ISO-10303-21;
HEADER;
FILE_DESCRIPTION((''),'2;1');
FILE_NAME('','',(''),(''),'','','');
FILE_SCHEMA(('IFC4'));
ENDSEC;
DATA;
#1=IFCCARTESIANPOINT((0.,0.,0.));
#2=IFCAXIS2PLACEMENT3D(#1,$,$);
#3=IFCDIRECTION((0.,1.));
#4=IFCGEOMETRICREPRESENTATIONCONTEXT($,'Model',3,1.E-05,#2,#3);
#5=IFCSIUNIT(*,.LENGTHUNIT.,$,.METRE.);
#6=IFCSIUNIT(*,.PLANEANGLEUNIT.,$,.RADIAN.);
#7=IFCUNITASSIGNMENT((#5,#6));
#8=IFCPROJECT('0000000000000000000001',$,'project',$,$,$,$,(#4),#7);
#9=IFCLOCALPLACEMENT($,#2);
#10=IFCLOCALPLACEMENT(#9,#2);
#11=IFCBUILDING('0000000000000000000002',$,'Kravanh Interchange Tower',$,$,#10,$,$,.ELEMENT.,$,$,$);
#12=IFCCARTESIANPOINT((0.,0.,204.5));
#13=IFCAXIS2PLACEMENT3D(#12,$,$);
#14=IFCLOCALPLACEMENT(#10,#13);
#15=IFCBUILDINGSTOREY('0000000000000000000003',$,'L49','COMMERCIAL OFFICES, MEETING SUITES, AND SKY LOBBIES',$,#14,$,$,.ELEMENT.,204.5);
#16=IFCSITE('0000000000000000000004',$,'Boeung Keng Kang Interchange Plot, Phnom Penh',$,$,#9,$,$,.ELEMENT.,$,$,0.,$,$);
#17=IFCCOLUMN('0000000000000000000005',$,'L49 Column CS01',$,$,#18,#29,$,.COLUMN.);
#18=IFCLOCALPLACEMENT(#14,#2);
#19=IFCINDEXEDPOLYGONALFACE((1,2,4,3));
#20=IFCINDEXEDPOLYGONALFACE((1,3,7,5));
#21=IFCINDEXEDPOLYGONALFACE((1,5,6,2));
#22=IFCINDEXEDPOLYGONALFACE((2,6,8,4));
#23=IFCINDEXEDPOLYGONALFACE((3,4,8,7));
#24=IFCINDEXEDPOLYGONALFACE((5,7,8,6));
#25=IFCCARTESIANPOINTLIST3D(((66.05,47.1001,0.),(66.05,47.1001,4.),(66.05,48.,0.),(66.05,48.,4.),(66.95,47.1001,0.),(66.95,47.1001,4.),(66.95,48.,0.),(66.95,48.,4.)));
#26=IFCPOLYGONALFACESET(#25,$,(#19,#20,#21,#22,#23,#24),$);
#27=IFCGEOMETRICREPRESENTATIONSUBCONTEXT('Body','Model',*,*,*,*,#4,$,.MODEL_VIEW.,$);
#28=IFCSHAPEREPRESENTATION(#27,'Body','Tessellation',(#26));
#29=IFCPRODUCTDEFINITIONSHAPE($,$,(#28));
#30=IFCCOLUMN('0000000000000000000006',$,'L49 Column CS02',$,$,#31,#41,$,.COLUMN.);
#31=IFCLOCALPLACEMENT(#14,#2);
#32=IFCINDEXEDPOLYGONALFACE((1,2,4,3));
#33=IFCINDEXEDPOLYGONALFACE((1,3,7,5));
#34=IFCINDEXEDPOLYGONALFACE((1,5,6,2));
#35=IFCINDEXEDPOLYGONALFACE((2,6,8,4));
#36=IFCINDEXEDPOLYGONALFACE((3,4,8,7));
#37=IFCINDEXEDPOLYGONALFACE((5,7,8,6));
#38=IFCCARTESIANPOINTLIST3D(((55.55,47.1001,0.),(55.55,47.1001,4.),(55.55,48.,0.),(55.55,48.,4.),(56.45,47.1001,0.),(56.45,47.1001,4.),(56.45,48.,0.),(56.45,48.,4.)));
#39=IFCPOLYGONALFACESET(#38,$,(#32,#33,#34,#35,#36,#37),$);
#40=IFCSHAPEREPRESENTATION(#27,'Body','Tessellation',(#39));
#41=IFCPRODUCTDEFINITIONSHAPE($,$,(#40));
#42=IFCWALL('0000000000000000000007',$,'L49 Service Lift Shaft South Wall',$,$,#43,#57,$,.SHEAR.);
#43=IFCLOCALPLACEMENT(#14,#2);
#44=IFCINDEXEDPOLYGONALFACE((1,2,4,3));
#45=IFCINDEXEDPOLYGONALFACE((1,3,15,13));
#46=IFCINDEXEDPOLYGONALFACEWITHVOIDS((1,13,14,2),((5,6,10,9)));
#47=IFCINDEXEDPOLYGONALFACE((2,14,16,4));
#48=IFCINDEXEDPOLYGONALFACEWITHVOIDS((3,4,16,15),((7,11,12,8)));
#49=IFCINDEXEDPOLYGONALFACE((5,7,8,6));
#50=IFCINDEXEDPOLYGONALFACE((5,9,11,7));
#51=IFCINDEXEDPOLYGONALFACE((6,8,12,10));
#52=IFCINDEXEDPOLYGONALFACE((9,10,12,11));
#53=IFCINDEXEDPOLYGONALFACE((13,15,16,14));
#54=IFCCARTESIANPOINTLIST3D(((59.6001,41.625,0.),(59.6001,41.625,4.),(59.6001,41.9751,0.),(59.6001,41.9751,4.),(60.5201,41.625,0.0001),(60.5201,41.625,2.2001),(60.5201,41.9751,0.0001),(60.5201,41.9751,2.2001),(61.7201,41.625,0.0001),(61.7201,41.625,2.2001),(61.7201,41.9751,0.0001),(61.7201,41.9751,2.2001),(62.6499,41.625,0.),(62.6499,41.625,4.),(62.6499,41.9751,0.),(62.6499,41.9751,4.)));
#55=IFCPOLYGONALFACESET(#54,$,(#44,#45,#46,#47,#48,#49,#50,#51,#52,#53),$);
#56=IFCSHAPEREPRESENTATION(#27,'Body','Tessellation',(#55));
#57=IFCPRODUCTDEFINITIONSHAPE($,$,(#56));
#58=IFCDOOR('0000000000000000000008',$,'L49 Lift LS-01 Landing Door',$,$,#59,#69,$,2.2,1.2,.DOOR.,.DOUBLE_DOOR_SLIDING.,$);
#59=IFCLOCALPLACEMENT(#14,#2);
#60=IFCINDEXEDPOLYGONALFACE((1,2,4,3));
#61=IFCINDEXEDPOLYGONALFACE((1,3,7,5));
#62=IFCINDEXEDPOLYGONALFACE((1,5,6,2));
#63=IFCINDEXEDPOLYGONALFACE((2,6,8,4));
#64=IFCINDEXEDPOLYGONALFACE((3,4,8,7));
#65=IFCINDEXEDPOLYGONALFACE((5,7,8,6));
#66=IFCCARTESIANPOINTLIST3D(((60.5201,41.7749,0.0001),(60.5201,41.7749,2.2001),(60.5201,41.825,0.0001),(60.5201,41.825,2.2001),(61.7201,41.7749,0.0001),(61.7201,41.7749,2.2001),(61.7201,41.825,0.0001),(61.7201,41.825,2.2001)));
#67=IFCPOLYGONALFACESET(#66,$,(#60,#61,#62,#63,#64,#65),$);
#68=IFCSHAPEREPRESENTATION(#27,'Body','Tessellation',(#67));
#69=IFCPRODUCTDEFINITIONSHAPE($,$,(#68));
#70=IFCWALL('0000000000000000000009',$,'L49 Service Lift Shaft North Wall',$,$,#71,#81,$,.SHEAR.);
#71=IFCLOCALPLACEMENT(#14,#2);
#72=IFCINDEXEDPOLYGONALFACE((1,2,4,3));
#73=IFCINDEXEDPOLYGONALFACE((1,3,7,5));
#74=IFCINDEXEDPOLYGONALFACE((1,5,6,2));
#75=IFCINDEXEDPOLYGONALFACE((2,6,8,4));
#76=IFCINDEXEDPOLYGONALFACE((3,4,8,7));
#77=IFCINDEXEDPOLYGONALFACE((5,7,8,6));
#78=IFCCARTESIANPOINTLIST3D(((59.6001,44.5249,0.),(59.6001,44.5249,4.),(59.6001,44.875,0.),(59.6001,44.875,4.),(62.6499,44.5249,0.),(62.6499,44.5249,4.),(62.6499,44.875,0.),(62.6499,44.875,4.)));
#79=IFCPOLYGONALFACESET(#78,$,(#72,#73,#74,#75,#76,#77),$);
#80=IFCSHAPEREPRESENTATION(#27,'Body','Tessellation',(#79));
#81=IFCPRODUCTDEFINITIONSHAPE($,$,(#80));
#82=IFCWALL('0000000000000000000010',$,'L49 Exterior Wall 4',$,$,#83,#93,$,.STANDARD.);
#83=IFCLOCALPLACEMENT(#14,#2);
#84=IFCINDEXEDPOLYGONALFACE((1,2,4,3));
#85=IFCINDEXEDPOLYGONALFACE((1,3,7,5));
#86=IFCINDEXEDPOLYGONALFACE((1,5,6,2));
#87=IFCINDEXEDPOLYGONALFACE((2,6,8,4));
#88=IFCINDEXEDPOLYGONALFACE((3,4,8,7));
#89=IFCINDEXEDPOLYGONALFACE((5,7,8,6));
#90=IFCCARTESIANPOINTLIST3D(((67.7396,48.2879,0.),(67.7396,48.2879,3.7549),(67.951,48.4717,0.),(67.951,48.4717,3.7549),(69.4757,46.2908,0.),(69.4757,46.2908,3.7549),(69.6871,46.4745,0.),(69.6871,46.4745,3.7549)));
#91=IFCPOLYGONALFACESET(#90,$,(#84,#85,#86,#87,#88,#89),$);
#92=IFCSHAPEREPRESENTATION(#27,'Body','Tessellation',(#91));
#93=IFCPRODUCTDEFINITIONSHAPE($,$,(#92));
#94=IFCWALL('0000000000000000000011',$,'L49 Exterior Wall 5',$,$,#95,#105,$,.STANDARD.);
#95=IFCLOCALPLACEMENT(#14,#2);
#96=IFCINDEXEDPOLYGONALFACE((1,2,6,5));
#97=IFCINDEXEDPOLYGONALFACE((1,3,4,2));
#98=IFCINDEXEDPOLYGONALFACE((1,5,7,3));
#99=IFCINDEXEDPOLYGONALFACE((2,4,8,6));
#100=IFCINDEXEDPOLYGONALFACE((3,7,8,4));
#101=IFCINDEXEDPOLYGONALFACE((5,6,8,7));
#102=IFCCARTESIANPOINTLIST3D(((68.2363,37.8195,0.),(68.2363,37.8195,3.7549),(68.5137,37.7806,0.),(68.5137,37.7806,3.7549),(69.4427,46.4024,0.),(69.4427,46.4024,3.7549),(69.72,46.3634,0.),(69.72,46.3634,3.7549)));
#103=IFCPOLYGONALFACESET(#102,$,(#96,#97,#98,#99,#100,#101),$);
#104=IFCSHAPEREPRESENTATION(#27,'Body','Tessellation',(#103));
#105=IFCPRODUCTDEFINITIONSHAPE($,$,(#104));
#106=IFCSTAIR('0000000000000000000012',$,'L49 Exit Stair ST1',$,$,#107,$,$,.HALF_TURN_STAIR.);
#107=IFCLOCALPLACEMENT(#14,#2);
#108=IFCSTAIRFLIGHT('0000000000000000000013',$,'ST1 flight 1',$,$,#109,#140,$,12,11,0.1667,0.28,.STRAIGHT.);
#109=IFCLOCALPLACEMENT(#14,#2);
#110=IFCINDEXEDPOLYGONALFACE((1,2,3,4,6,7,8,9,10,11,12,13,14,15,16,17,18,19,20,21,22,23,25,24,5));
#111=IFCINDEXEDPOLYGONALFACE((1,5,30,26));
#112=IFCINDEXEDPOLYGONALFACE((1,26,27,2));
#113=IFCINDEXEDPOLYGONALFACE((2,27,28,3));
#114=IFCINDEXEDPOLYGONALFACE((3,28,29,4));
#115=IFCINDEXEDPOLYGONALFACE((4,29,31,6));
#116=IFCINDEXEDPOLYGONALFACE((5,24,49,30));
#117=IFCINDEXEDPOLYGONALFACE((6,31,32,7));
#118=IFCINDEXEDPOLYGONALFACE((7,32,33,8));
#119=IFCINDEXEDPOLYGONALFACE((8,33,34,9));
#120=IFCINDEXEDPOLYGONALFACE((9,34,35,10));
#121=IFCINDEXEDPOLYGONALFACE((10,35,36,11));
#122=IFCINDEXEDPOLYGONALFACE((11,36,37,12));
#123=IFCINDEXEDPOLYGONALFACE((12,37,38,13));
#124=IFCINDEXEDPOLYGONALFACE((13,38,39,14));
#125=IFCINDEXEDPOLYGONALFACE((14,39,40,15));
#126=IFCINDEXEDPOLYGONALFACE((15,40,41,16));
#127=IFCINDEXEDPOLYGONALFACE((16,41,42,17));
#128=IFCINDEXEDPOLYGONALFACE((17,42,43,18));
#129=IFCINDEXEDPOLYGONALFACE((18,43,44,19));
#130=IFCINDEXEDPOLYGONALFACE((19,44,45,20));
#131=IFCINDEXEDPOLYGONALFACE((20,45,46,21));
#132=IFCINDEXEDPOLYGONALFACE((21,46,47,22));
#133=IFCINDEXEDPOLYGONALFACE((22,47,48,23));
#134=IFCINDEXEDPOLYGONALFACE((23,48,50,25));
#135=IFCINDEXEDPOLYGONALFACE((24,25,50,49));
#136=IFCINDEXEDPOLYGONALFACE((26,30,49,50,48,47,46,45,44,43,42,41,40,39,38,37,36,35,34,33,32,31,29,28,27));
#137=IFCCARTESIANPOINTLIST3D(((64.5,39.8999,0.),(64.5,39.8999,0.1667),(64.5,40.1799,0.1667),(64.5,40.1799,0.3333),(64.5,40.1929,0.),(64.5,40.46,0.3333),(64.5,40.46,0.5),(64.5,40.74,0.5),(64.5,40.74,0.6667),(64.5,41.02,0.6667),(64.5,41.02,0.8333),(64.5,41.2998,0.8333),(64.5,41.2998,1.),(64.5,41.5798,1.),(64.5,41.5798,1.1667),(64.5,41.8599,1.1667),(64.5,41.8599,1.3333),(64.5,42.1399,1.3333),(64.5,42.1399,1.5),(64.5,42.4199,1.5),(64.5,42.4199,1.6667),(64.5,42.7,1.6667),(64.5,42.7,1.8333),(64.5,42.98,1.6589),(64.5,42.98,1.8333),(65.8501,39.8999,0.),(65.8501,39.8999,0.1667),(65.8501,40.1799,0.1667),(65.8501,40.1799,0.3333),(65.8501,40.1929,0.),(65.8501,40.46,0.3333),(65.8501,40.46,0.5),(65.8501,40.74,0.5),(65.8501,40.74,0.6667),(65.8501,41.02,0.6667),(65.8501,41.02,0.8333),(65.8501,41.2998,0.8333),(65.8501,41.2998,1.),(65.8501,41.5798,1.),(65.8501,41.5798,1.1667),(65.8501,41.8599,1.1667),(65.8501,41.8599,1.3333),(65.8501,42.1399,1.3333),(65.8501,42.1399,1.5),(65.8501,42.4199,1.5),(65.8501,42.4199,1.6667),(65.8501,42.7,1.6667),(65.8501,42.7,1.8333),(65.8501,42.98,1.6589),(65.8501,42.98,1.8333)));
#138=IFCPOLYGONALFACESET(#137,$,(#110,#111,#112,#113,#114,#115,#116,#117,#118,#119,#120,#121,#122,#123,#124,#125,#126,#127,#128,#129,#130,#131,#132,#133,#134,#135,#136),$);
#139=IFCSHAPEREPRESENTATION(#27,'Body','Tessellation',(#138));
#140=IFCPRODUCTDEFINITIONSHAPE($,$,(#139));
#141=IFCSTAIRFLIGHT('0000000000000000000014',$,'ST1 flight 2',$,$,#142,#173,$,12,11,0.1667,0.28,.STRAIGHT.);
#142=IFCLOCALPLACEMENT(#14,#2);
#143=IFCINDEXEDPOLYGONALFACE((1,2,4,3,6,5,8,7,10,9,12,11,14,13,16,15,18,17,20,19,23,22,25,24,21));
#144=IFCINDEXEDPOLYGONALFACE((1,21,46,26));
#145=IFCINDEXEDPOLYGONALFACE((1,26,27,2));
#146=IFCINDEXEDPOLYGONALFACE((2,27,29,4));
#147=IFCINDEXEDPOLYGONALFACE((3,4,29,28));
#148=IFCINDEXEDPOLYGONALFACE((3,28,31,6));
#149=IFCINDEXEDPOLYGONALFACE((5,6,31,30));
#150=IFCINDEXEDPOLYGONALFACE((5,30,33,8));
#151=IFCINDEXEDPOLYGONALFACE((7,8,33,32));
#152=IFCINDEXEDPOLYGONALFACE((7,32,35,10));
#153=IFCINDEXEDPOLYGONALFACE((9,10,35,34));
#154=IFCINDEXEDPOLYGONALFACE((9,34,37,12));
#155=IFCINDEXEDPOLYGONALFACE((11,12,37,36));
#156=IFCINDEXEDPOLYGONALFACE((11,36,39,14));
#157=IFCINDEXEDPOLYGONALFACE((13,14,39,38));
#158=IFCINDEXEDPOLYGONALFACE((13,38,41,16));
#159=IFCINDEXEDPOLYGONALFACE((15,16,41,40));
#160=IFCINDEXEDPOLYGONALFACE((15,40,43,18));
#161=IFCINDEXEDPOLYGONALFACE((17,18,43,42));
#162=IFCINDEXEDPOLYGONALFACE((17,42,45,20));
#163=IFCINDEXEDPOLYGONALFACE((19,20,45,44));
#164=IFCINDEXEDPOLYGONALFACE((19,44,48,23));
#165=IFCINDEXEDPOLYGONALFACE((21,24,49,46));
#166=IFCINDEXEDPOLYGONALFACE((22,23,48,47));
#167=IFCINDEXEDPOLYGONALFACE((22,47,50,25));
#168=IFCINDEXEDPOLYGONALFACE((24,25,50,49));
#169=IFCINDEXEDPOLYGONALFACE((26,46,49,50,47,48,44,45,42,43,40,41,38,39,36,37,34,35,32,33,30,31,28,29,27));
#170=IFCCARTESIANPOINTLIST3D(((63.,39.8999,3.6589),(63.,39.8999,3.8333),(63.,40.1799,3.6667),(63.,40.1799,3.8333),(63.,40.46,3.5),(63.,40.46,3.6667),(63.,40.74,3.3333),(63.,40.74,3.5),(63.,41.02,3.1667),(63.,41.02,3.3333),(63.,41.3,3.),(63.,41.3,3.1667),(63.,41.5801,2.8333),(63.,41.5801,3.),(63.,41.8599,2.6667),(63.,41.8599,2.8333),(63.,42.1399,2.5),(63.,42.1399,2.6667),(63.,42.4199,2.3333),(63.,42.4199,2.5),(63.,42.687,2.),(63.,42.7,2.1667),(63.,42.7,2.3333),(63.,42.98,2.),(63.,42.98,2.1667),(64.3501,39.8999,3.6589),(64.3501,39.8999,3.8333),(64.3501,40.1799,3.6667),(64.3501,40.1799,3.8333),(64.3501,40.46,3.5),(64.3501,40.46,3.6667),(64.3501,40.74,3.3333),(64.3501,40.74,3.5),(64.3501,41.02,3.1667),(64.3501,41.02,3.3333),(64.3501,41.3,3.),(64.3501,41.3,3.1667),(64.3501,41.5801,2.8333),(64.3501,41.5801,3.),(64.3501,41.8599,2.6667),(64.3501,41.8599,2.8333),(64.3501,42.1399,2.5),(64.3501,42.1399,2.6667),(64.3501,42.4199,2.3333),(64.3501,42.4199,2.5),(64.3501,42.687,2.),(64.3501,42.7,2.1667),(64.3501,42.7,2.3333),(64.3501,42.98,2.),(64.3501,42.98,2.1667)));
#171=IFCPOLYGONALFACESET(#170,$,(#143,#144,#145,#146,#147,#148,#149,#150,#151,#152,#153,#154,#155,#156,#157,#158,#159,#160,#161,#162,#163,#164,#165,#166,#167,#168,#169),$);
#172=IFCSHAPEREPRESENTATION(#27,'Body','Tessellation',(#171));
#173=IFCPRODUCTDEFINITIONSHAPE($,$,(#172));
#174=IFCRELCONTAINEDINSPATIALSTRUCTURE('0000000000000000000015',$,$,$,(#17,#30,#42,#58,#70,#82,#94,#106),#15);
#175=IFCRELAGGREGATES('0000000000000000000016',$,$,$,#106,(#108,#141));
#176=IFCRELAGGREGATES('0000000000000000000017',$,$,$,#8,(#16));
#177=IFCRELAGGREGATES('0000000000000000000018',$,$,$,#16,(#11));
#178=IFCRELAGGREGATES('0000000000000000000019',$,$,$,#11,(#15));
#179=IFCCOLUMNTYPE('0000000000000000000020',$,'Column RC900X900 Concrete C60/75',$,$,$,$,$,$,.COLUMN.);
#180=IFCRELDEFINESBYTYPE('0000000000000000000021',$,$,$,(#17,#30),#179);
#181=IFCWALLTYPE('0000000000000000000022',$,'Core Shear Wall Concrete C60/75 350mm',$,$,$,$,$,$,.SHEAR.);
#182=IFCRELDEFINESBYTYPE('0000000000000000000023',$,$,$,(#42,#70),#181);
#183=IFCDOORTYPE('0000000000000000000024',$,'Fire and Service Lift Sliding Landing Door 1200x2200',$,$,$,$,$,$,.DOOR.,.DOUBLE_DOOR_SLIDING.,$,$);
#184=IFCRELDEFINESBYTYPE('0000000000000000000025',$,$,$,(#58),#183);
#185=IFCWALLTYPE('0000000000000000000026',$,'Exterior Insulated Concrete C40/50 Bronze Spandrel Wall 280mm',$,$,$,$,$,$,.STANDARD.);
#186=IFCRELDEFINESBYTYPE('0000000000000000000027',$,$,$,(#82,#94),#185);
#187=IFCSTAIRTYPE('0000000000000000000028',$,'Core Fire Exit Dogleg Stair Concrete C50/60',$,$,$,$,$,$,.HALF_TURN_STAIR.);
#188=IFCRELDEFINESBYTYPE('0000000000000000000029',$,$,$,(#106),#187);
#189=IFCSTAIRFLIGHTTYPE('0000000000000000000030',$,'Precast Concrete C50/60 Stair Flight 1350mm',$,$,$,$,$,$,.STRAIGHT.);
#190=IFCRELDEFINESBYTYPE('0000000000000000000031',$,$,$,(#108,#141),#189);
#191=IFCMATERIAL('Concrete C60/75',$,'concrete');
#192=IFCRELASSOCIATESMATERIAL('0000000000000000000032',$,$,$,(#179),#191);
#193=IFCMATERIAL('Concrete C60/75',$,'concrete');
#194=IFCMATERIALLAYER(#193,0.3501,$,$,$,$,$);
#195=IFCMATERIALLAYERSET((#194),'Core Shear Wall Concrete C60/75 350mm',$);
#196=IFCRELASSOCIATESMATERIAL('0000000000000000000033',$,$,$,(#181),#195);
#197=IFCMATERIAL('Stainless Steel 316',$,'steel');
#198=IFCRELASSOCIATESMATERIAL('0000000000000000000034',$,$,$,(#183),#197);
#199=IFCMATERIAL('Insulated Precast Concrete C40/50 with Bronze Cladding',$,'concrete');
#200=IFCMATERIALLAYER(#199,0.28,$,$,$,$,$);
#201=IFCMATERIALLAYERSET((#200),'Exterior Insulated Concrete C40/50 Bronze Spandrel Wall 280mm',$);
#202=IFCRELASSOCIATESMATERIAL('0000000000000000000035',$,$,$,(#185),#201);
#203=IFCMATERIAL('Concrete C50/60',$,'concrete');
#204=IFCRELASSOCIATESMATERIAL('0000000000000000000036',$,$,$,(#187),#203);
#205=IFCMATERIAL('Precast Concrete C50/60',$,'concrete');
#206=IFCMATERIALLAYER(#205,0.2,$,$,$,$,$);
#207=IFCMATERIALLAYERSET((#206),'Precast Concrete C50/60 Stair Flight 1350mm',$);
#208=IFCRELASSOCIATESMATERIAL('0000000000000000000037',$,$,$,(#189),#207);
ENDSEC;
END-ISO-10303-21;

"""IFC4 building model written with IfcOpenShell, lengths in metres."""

from ifc_helpers import new_model, si_unit, direction, frame, frame_2d, origin, origin_2d, place, context, subcontext, project, spatial, polyline, rectangle, outline, extrude, material, layer, layer_set, material_profile, profile_set, type_object, element, fill, aggregate, save


model = new_model("IFC4")

# Units and contexts
model_context = context("Model", 3, precision=1e-05, world=origin(), true_north=direction((0.0, 1.0)))
body_context = subcontext(model_context, "Body", "Model", "MODEL_VIEW")
ifc_project = project(units=[si_unit("LENGTHUNIT", "METRE"), si_unit("PLANEANGLEUNIT", "RADIAN")], contexts=[model_context])

# Site, building, storey
site_placement = place(None, origin())
site = spatial("IfcSite", under=ifc_project, at=site_placement, Name="Boeung Keng Kang Interchange Plot, Phnom Penh", CompositionType="ELEMENT", RefElevation=0.0)
building_placement = place(site_placement, origin())
building = spatial("IfcBuilding", under=site, at=building_placement, Name="Kravanh Interchange Tower", CompositionType="ELEMENT")
storey_placement = place(building_placement, frame((0.0, 0.0, 204.5)))
storey = spatial("IfcBuildingStorey", under=building, at=storey_placement, Name="L49", Description="COMMERCIAL OFFICES, MEETING SUITES, AND SKY LOBBIES", CompositionType="ELEMENT", Elevation=204.5)

# Columns
ifc_material_1 = material(Name="Concrete C60/75", Category="concrete")
ifc_material_profile = material_profile(ifc_material_1, rectangle(XDim=0.8999, YDim=0.8999, at=origin_2d()), Name="RC900X900")
ifc_profile_set = profile_set([ifc_material_profile], Name="Concrete C60/75")
column_type = type_object("IfcColumnType", Name="Column RC900X900 Concrete C60/75", PredefinedType="COLUMN", material=ifc_profile_set)
for number, where, z_axis, x_axis, name in (
    (1, (66.5, 47.55, 0.0), (0.0, 0.0, 1.0), (1.0, 0.0, 0.0), "L49 Column CS01"),
    (2, (56.0, 47.55, 0.0), (0.0, 0.0, 1.0), (1.0, 0.0, 0.0), "L49 Column CS02"),
):
    element("IfcColumn", number, at=place(storey_placement, frame(where, z_axis=z_axis, x_axis=x_axis)), inside=storey, type_object=column_type, Name=name, PredefinedType="COLUMN", context=body_context, shape_type="SweptSolid", body=[
        extrude(rectangle(XDim=0.8999, YDim=0.8999, at=origin_2d()), origin(), (0.0, 0.0, 1.0), 4.0),
    ])

# Wall, opening, door
ifc_material_2 = material(Name="Concrete C60/75", Category="concrete")
ifc_layer_1 = layer(ifc_material_2, 0.3501)
ifc_layer_set_1 = layer_set([ifc_layer_1], Name="Core Shear Wall Concrete C60/75 350mm")
wall_type_1 = type_object("IfcWallType", Name="Core Shear Wall Concrete C60/75 350mm", PredefinedType="SHEAR", material=ifc_layer_set_1)
wall_1_placement = place(storey_placement, frame((59.6001, 41.8, 0.0), z_axis=(0.0, 0.0, 1.0), x_axis=(1.0, 0.0, 0.0)))
wall_1 = element("IfcWall", 3, at=wall_1_placement, inside=storey, type_object=wall_type_1, Name="L49 Service Lift Shaft South Wall", PredefinedType="SHEAR", context=body_context, shape_type="SweptSolid", body=[
    extrude(rectangle(XDim=3.0498, YDim=0.3501, at=frame_2d((1.5249, 0.0))), origin(), (0.0, 0.0, 1.0), 4.0),
])
opening_placement = place(wall_1_placement, frame((0.9199, 0.0, 0.0)))
opening = element("IfcOpeningElement", 4, at=opening_placement, cuts=wall_1, PredefinedType="OPENING", context=body_context, shape_type="SweptSolid", body=[
    extrude(rectangle(XDim=1.2, YDim=2.2, at=frame_2d((0.6001, 1.1001))), frame((0.0, 0.1851, 0.0), z_axis=(0.0, -1.0, 0.0), x_axis=(1.0, 0.0, 0.0)), (0.0, 0.0, 1.0), 0.3701),
])
ifc_material_3 = material(Name="Stainless Steel 316", Category="steel")
door_type = type_object("IfcDoorType", Name="Fire and Service Lift Sliding Landing Door 1200x2200", OperationType="DOUBLE_DOOR_SLIDING", PredefinedType="DOOR", material=ifc_material_3)
door_placement = place(opening_placement, origin())
door = element("IfcDoor", 5, at=door_placement, inside=storey, type_object=door_type, Name="L49 Lift LS-01 Landing Door", OperationType="DOUBLE_DOOR_SLIDING", OverallHeight=2.2, OverallWidth=1.2, PredefinedType="DOOR", context=body_context, shape_type="SweptSolid", body=[
    extrude(rectangle(XDim=1.2, YDim=2.2, at=frame_2d((0.6001, 1.1001))), frame((0.0, 0.0249, 0.0), z_axis=(0.0, -1.0, 0.0), x_axis=(1.0, 0.0, 0.0)), (0.0, 0.0, 1.0), 0.05),
])
fill(opening, door)

# Walls
wall_2_placement = place(storey_placement, frame((59.6001, 44.7, 0.0), z_axis=(0.0, 0.0, 1.0), x_axis=(1.0, 0.0, 0.0)))
element("IfcWall", 6, at=wall_2_placement, inside=storey, type_object=wall_type_1, Name="L49 Service Lift Shaft North Wall", PredefinedType="SHEAR", context=body_context, shape_type="SweptSolid", body=[
    extrude(rectangle(XDim=3.0498, YDim=0.3501, at=frame_2d((1.5249, 0.0))), origin(), (0.0, 0.0, 1.0), 4.0),
])
ifc_material_4 = material(Name="Insulated Precast Concrete C40/50 with Bronze Cladding", Category="concrete")
ifc_layer_2 = layer(ifc_material_4, 0.28)
ifc_layer_set_2 = layer_set([ifc_layer_2], Name="Exterior Insulated Concrete C40/50 Bronze Spandrel Wall 280mm")
wall_type_2 = type_object("IfcWallType", Name="Exterior Insulated Concrete C40/50 Bronze Spandrel Wall 280mm", PredefinedType="STANDARD", material=ifc_layer_set_2)
wall_3_placement = place(storey_placement, frame((67.8452, 48.3799, 0.0), z_axis=(0.0, 0.0, 1.0), x_axis=(0.656071, -0.754699, 0.0)))
element("IfcWall", 7, at=wall_3_placement, inside=storey, type_object=wall_type_2, Name="L49 Exterior Wall 4", PredefinedType="STANDARD", context=body_context, shape_type="SweptSolid", body=[
    extrude(rectangle(XDim=2.6462, YDim=0.28, at=frame_2d((1.3232, 0.0))), origin(), (0.0, 0.0, 1.0), 3.7549),
])
wall_4_placement = place(storey_placement, frame((69.5813, 46.3828, 0.0), z_axis=(0.0, 0.0, 1.0), x_axis=(-0.139181, -0.990267, 0.0)))
element("IfcWall", 8, at=wall_4_placement, inside=storey, type_object=wall_type_2, Name="L49 Exterior Wall 5", PredefinedType="STANDARD", context=body_context, shape_type="SweptSolid", body=[
    extrude(rectangle(XDim=8.6672, YDim=0.28, at=frame_2d((4.3335, 0.0))), origin(), (0.0, 0.0, 1.0), 3.7549),
])

# Stair, stair flights
ifc_material_5 = material(Name="Concrete C50/60", Category="concrete")
stair_type = type_object("IfcStairType", Name="Core Fire Exit Dogleg Stair Concrete C50/60", PredefinedType="HALF_TURN_STAIR", material=ifc_material_5)
stair_1_placement = place(storey_placement, origin())
stair_1 = element("IfcStair", 9, at=stair_1_placement, inside=storey, type_object=stair_type, Name="L49 Exit Stair ST1", PredefinedType="HALF_TURN_STAIR")
ifc_material_6 = material(Name="Precast Concrete C50/60", Category="concrete")
ifc_layer_3 = layer(ifc_material_6, 0.2)
ifc_layer_set_3 = layer_set([ifc_layer_3], Name="Precast Concrete C50/60 Stair Flight 1350mm")
stair_flight_type = type_object("IfcStairFlightType", Name="Precast Concrete C50/60 Stair Flight 1350mm", PredefinedType="STRAIGHT", material=ifc_layer_set_3)
stair_flight_1_placement = place(storey_placement, frame((65.175, 39.8999, 0.0), z_axis=(0.0, 0.0, 1.0), x_axis=(0.0, 1.0, 0.0)))
stair_flight_1 = element("IfcStairFlight", 10, at=stair_flight_1_placement, type_object=stair_flight_type, Name="ST1 flight 1", NumberOfRisers=12, NumberOfTreads=11, PredefinedType="STRAIGHT", RiserHeight=0.1667, TreadLength=0.28, context=body_context, shape_type="SweptSolid", body=[
    extrude(outline(polyline([(0.0, 0.0), (0.0, 0.1667), (0.28, 0.1667), (0.28, 0.3333), (0.5601, 0.3333), (0.5601, 0.5), (0.8401, 0.5), (0.8401, 0.6667), (1.1201, 0.6667), (1.1201, 0.8333), (1.3999, 0.8333), (1.3999, 1.0), (1.6799, 1.0), (1.6799, 1.1667), (1.96, 1.1667), (1.96, 1.3333), (2.24, 1.3333), (2.24, 1.5), (2.52, 1.5), (2.52, 1.6667), (2.8, 1.6667), (2.8, 1.8333), (3.0801, 1.8333), (3.0801, 2.0), (3.0801, 1.6589), (0.293, 0.0), (0.0, 0.0)])), frame((0.0, 0.675, 0.0), z_axis=(0.0, -1.0, 0.0), x_axis=(1.0, 0.0, 0.0)), (0.0, 0.0, 1.0), 1.3501),
])
stair_flight_2_placement = place(storey_placement, frame((63.675, 42.98, 2.0), z_axis=(0.0, 0.0, 1.0), x_axis=(0.0, -1.0, 0.0)))
stair_flight_2 = element("IfcStairFlight", 11, at=stair_flight_2_placement, type_object=stair_flight_type, Name="ST1 flight 2", NumberOfRisers=12, NumberOfTreads=11, PredefinedType="STRAIGHT", RiserHeight=0.1667, TreadLength=0.28, context=body_context, shape_type="SweptSolid", body=[
    extrude(outline(polyline([(0.0, 0.0), (0.0, 0.1667), (0.28, 0.1667), (0.28, 0.3333), (0.5601, 0.3333), (0.5601, 0.5), (0.8401, 0.5), (0.8401, 0.6667), (1.1201, 0.6667), (1.1201, 0.8333), (1.3999, 0.8333), (1.3999, 1.0), (1.6799, 1.0), (1.6799, 1.1667), (1.96, 1.1667), (1.96, 1.3333), (2.24, 1.3333), (2.24, 1.5), (2.52, 1.5), (2.52, 1.6667), (2.8, 1.6667), (2.8, 1.8333), (3.0801, 1.8333), (3.0801, 2.0), (3.0801, 1.6589), (0.293, 0.0), (0.0, 0.0)])), frame((0.0, 0.675, 0.0), z_axis=(0.0, -1.0, 0.0), x_axis=(1.0, 0.0, 0.0)), (0.0, 0.0, 1.0), 1.3501),
])
aggregate(stair_1, [stair_flight_1, stair_flight_2])

save(model, "model.ifc")
